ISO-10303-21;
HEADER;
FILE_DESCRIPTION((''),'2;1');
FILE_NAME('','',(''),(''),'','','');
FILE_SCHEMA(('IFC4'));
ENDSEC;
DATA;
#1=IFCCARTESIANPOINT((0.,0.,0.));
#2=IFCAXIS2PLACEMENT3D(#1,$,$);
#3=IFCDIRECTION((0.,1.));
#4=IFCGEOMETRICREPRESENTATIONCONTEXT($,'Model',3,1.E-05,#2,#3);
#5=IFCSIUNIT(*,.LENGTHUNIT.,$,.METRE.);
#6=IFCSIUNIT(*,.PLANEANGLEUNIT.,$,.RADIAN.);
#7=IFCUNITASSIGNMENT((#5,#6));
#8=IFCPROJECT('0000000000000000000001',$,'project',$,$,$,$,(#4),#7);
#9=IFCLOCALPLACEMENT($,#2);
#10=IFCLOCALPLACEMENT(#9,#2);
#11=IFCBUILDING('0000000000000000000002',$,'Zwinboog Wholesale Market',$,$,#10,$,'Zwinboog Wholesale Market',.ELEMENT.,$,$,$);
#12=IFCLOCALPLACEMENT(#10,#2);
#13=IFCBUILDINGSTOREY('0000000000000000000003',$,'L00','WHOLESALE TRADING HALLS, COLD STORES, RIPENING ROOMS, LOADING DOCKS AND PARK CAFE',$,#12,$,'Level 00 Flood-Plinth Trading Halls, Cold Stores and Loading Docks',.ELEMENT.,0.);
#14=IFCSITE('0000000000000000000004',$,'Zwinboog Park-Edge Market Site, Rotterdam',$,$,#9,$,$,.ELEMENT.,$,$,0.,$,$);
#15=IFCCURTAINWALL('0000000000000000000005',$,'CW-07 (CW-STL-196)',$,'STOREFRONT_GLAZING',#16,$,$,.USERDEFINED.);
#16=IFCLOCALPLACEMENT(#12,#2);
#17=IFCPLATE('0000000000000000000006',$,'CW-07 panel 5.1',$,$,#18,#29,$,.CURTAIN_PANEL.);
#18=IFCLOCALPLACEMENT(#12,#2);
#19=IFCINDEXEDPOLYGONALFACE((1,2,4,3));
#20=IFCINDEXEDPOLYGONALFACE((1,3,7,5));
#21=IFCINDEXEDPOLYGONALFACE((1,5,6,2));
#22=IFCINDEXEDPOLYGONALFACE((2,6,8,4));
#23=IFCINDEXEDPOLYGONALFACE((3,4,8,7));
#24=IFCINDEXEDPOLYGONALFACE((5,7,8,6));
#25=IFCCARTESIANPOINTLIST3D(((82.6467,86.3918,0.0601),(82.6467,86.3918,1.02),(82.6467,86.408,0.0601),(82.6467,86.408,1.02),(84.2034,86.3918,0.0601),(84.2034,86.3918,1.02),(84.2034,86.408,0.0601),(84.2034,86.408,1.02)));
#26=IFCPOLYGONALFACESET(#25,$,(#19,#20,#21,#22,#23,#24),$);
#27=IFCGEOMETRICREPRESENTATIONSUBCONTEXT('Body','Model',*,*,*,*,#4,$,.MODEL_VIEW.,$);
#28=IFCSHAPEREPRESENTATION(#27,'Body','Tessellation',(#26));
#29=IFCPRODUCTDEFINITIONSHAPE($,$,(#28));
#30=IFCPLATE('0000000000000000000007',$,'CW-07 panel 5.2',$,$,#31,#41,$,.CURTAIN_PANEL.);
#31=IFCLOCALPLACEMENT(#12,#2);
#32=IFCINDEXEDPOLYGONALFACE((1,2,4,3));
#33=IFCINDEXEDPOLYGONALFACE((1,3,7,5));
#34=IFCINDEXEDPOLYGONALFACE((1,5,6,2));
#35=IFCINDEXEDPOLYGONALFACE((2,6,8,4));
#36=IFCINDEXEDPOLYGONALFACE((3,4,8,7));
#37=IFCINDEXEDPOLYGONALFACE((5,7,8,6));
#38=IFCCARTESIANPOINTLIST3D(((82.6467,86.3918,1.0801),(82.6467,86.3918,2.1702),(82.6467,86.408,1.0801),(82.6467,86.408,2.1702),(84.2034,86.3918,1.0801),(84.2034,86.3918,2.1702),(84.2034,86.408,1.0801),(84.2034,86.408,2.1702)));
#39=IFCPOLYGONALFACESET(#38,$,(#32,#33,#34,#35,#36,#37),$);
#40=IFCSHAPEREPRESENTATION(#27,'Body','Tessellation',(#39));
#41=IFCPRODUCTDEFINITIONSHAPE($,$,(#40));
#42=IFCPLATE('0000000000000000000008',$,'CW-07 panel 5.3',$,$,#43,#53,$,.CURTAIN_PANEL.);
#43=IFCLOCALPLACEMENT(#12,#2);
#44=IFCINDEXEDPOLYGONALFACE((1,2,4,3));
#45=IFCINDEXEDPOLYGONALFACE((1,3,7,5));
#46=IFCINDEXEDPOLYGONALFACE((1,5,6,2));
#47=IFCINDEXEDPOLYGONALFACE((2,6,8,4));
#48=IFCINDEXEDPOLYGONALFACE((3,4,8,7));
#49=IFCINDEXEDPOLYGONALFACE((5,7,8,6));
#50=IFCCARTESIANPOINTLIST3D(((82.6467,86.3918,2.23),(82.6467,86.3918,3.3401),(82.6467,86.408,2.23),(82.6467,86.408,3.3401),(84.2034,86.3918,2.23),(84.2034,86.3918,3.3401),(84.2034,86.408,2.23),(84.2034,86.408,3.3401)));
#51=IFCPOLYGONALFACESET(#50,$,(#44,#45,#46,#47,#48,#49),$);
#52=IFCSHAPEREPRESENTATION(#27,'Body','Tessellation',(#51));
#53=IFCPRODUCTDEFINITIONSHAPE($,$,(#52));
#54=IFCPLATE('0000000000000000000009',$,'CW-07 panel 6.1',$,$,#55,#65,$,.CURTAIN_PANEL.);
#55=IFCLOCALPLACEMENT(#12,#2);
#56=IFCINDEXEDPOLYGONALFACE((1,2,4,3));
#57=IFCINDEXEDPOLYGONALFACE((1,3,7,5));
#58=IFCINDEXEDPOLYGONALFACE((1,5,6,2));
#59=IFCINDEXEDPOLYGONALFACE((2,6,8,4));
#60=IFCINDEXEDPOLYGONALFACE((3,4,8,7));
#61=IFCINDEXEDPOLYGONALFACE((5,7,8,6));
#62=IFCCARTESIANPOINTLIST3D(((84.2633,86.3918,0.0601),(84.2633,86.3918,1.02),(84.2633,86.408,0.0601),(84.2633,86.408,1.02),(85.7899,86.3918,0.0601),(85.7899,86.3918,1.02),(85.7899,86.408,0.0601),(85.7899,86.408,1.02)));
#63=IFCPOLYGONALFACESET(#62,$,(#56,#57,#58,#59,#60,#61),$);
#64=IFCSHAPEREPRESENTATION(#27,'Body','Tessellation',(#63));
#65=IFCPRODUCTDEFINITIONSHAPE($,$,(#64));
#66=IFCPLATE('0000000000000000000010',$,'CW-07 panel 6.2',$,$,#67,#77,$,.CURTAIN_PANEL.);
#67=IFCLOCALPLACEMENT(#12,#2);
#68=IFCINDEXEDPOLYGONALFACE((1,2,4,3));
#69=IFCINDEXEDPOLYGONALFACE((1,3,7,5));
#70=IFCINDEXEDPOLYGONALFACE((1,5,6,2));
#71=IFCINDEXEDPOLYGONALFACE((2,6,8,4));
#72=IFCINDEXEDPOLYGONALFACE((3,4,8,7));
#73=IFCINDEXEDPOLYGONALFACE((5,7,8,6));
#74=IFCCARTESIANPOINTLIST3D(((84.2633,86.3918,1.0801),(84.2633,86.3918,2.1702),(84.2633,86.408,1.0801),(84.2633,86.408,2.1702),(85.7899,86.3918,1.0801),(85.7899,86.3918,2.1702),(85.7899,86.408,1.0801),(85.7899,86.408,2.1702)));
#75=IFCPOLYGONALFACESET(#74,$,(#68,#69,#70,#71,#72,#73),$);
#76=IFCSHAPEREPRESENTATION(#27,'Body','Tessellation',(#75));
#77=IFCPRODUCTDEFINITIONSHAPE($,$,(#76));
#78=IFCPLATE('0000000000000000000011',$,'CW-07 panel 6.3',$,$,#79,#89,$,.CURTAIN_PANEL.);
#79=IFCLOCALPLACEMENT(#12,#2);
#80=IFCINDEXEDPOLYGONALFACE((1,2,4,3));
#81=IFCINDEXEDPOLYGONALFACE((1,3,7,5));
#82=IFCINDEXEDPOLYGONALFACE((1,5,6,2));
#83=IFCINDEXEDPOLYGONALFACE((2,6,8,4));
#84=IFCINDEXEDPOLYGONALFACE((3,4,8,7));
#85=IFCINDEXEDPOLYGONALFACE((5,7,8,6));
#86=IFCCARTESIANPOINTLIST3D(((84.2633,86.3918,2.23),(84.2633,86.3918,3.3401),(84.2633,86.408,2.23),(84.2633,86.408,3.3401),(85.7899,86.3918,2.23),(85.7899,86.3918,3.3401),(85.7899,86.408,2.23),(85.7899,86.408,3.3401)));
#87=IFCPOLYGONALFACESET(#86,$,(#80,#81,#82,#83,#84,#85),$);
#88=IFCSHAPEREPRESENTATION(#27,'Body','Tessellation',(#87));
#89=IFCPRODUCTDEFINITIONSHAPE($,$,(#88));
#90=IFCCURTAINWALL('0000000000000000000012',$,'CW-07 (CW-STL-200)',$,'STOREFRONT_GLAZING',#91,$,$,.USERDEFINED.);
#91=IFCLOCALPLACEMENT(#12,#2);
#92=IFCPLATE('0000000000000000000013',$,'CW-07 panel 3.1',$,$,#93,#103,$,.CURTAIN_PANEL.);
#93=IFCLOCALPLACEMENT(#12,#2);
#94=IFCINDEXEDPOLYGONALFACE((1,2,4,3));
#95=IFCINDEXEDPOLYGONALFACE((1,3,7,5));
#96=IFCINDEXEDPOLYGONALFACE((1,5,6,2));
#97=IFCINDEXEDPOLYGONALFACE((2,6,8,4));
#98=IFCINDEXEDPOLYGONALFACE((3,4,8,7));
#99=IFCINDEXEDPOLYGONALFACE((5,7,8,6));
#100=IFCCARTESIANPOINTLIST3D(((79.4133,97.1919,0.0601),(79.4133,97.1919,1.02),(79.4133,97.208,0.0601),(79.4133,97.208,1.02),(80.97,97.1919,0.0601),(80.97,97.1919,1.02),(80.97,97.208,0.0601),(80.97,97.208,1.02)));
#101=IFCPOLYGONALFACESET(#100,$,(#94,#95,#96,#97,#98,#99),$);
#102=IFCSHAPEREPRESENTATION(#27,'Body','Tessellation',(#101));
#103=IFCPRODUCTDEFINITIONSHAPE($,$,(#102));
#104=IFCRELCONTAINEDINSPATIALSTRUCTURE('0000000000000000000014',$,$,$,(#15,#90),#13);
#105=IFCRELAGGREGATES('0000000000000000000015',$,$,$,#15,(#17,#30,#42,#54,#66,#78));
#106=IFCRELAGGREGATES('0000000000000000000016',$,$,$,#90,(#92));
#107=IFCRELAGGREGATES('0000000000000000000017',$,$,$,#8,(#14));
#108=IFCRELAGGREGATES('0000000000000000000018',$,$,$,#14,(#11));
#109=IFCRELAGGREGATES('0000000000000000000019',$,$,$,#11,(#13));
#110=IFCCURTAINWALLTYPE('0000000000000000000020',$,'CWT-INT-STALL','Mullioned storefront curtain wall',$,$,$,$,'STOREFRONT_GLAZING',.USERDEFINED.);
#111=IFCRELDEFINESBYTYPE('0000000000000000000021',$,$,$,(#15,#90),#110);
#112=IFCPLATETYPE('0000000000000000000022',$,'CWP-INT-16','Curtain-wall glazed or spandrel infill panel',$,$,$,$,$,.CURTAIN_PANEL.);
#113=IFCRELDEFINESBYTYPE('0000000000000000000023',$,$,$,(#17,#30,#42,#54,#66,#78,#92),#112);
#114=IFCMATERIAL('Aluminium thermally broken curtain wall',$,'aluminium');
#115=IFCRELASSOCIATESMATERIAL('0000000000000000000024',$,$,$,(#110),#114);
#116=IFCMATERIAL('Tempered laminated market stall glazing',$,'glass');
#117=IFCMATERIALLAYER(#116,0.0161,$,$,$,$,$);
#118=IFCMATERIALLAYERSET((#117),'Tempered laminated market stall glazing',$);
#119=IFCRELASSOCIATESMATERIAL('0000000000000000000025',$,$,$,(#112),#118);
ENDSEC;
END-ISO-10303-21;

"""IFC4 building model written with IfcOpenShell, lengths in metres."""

from ifc_helpers import new_model, si_unit, direction, frame, origin, origin_2d, place, context, subcontext, project, spatial, rectangle, extrude, material, layer, layer_set, type_object, element, aggregate, save


model = new_model("IFC4")

# Units and contexts
model_context = context("Model", 3, precision=1e-05, world=origin(), true_north=direction((0.0, 1.0)))
body_context = subcontext(model_context, "Body", "Model", "MODEL_VIEW")
ifc_project = project(units=[si_unit("LENGTHUNIT", "METRE"), si_unit("PLANEANGLEUNIT", "RADIAN")], contexts=[model_context])

# Site, building, storey
site_placement = place(None, origin())
site = spatial("IfcSite", under=ifc_project, at=site_placement, Name="Zwinboog Park-Edge Market Site, Rotterdam", CompositionType="ELEMENT", RefElevation=0.0)
building_placement = place(site_placement, origin())
building = spatial("IfcBuilding", under=site, at=building_placement, Name="Zwinboog Wholesale Market", LongName="Zwinboog Wholesale Market", CompositionType="ELEMENT")
storey_placement = place(building_placement, origin())
storey = spatial("IfcBuildingStorey", under=building, at=storey_placement, Name="L00", Description="WHOLESALE TRADING HALLS, COLD STORES, RIPENING ROOMS, LOADING DOCKS AND PARK CAFE", LongName="Level 00 Flood-Plinth Trading Halls, Cold Stores and Loading Docks", CompositionType="ELEMENT", Elevation=0.0)

# Curtain wall, plates
ifc_material_1 = material(Name="Aluminium thermally broken curtain wall", Category="aluminium")
curtain_wall_type = type_object("IfcCurtainWallType", Name="CWT-INT-STALL", Description="Mullioned storefront curtain wall", ElementType="STOREFRONT_GLAZING", PredefinedType="USERDEFINED", material=ifc_material_1)
curtain_wall_1_placement = place(storey_placement, origin())
curtain_wall_1 = element("IfcCurtainWall", 1, at=curtain_wall_1_placement, inside=storey, type_object=curtain_wall_type, Name="CW-07 (CW-STL-196)", ObjectType="STOREFRONT_GLAZING", PredefinedType="USERDEFINED")
ifc_material_2 = material(Name="Tempered laminated market stall glazing", Category="glass")
ifc_layer = layer(ifc_material_2, 0.0161)
ifc_layer_set = layer_set([ifc_layer], Name="Tempered laminated market stall glazing")
plate_type = type_object("IfcPlateType", Name="CWP-INT-16", Description="Curtain-wall glazed or spandrel infill panel", PredefinedType="CURTAIN_PANEL", material=ifc_layer_set)
plate_1_placement = place(storey_placement, frame((83.425, 86.3999, 0.0601), z_axis=(0.0, 0.0, 1.0), x_axis=(1.0, 0.0, 0.0)))
plate_1 = element("IfcPlate", 2, at=plate_1_placement, type_object=plate_type, Name="CW-07 panel 5.1", PredefinedType="CURTAIN_PANEL", context=body_context, shape_type="SweptSolid", body=[
    extrude(rectangle(XDim=1.5566, YDim=0.0161, at=origin_2d()), origin(), (0.0, 0.0, 1.0), 0.96),
])
plate_2_placement = place(storey_placement, frame((83.425, 86.3999, 1.0801), z_axis=(0.0, 0.0, 1.0), x_axis=(1.0, 0.0, 0.0)))
plate_2 = element("IfcPlate", 3, at=plate_2_placement, type_object=plate_type, Name="CW-07 panel 5.2", PredefinedType="CURTAIN_PANEL", context=body_context, shape_type="SweptSolid", body=[
    extrude(rectangle(XDim=1.5566, YDim=0.0161, at=origin_2d()), origin(), (0.0, 0.0, 1.0), 1.0901),
])
plate_3_placement = place(storey_placement, frame((83.425, 86.3999, 2.23), z_axis=(0.0, 0.0, 1.0), x_axis=(1.0, 0.0, 0.0)))
plate_3 = element("IfcPlate", 4, at=plate_3_placement, type_object=plate_type, Name="CW-07 panel 5.3", PredefinedType="CURTAIN_PANEL", context=body_context, shape_type="SweptSolid", body=[
    extrude(rectangle(XDim=1.5566, YDim=0.0161, at=origin_2d()), origin(), (0.0, 0.0, 1.0), 1.1101),
])
plate_4_placement = place(storey_placement, frame((85.0266, 86.3999, 0.0601), z_axis=(0.0, 0.0, 1.0), x_axis=(1.0, 0.0, 0.0)))
plate_4 = element("IfcPlate", 5, at=plate_4_placement, type_object=plate_type, Name="CW-07 panel 6.1", PredefinedType="CURTAIN_PANEL", context=body_context, shape_type="SweptSolid", body=[
    extrude(rectangle(XDim=1.5266, YDim=0.0161, at=origin_2d()), origin(), (0.0, 0.0, 1.0), 0.96),
])
plate_5_placement = place(storey_placement, frame((85.0266, 86.3999, 1.0801), z_axis=(0.0, 0.0, 1.0), x_axis=(1.0, 0.0, 0.0)))
plate_5 = element("IfcPlate", 6, at=plate_5_placement, type_object=plate_type, Name="CW-07 panel 6.2", PredefinedType="CURTAIN_PANEL", context=body_context, shape_type="SweptSolid", body=[
    extrude(rectangle(XDim=1.5266, YDim=0.0161, at=origin_2d()), origin(), (0.0, 0.0, 1.0), 1.0901),
])
plate_6_placement = place(storey_placement, frame((85.0266, 86.3999, 2.23), z_axis=(0.0, 0.0, 1.0), x_axis=(1.0, 0.0, 0.0)))
plate_6 = element("IfcPlate", 7, at=plate_6_placement, type_object=plate_type, Name="CW-07 panel 6.3", PredefinedType="CURTAIN_PANEL", context=body_context, shape_type="SweptSolid", body=[
    extrude(rectangle(XDim=1.5266, YDim=0.0161, at=origin_2d()), origin(), (0.0, 0.0, 1.0), 1.1101),
])
aggregate(curtain_wall_1, [plate_1, plate_2, plate_3, plate_4, plate_5, plate_6])

# Curtain wall, plate
curtain_wall_2_placement = place(storey_placement, origin())
curtain_wall_2 = element("IfcCurtainWall", 8, at=curtain_wall_2_placement, inside=storey, type_object=curtain_wall_type, Name="CW-07 (CW-STL-200)", ObjectType="STOREFRONT_GLAZING", PredefinedType="USERDEFINED")
plate_7_placement = place(storey_placement, frame((80.1917, 97.2, 0.0601), z_axis=(0.0, 0.0, 1.0), x_axis=(1.0, 0.0, 0.0)))
plate_7 = element("IfcPlate", 9, at=plate_7_placement, type_object=plate_type, Name="CW-07 panel 3.1", PredefinedType="CURTAIN_PANEL", context=body_context, shape_type="SweptSolid", body=[
    extrude(rectangle(XDim=1.5566, YDim=0.0161, at=origin_2d()), origin(), (0.0, 0.0, 1.0), 0.96),
])
aggregate(curtain_wall_2, [plate_7])

save(model, "model.ifc")
